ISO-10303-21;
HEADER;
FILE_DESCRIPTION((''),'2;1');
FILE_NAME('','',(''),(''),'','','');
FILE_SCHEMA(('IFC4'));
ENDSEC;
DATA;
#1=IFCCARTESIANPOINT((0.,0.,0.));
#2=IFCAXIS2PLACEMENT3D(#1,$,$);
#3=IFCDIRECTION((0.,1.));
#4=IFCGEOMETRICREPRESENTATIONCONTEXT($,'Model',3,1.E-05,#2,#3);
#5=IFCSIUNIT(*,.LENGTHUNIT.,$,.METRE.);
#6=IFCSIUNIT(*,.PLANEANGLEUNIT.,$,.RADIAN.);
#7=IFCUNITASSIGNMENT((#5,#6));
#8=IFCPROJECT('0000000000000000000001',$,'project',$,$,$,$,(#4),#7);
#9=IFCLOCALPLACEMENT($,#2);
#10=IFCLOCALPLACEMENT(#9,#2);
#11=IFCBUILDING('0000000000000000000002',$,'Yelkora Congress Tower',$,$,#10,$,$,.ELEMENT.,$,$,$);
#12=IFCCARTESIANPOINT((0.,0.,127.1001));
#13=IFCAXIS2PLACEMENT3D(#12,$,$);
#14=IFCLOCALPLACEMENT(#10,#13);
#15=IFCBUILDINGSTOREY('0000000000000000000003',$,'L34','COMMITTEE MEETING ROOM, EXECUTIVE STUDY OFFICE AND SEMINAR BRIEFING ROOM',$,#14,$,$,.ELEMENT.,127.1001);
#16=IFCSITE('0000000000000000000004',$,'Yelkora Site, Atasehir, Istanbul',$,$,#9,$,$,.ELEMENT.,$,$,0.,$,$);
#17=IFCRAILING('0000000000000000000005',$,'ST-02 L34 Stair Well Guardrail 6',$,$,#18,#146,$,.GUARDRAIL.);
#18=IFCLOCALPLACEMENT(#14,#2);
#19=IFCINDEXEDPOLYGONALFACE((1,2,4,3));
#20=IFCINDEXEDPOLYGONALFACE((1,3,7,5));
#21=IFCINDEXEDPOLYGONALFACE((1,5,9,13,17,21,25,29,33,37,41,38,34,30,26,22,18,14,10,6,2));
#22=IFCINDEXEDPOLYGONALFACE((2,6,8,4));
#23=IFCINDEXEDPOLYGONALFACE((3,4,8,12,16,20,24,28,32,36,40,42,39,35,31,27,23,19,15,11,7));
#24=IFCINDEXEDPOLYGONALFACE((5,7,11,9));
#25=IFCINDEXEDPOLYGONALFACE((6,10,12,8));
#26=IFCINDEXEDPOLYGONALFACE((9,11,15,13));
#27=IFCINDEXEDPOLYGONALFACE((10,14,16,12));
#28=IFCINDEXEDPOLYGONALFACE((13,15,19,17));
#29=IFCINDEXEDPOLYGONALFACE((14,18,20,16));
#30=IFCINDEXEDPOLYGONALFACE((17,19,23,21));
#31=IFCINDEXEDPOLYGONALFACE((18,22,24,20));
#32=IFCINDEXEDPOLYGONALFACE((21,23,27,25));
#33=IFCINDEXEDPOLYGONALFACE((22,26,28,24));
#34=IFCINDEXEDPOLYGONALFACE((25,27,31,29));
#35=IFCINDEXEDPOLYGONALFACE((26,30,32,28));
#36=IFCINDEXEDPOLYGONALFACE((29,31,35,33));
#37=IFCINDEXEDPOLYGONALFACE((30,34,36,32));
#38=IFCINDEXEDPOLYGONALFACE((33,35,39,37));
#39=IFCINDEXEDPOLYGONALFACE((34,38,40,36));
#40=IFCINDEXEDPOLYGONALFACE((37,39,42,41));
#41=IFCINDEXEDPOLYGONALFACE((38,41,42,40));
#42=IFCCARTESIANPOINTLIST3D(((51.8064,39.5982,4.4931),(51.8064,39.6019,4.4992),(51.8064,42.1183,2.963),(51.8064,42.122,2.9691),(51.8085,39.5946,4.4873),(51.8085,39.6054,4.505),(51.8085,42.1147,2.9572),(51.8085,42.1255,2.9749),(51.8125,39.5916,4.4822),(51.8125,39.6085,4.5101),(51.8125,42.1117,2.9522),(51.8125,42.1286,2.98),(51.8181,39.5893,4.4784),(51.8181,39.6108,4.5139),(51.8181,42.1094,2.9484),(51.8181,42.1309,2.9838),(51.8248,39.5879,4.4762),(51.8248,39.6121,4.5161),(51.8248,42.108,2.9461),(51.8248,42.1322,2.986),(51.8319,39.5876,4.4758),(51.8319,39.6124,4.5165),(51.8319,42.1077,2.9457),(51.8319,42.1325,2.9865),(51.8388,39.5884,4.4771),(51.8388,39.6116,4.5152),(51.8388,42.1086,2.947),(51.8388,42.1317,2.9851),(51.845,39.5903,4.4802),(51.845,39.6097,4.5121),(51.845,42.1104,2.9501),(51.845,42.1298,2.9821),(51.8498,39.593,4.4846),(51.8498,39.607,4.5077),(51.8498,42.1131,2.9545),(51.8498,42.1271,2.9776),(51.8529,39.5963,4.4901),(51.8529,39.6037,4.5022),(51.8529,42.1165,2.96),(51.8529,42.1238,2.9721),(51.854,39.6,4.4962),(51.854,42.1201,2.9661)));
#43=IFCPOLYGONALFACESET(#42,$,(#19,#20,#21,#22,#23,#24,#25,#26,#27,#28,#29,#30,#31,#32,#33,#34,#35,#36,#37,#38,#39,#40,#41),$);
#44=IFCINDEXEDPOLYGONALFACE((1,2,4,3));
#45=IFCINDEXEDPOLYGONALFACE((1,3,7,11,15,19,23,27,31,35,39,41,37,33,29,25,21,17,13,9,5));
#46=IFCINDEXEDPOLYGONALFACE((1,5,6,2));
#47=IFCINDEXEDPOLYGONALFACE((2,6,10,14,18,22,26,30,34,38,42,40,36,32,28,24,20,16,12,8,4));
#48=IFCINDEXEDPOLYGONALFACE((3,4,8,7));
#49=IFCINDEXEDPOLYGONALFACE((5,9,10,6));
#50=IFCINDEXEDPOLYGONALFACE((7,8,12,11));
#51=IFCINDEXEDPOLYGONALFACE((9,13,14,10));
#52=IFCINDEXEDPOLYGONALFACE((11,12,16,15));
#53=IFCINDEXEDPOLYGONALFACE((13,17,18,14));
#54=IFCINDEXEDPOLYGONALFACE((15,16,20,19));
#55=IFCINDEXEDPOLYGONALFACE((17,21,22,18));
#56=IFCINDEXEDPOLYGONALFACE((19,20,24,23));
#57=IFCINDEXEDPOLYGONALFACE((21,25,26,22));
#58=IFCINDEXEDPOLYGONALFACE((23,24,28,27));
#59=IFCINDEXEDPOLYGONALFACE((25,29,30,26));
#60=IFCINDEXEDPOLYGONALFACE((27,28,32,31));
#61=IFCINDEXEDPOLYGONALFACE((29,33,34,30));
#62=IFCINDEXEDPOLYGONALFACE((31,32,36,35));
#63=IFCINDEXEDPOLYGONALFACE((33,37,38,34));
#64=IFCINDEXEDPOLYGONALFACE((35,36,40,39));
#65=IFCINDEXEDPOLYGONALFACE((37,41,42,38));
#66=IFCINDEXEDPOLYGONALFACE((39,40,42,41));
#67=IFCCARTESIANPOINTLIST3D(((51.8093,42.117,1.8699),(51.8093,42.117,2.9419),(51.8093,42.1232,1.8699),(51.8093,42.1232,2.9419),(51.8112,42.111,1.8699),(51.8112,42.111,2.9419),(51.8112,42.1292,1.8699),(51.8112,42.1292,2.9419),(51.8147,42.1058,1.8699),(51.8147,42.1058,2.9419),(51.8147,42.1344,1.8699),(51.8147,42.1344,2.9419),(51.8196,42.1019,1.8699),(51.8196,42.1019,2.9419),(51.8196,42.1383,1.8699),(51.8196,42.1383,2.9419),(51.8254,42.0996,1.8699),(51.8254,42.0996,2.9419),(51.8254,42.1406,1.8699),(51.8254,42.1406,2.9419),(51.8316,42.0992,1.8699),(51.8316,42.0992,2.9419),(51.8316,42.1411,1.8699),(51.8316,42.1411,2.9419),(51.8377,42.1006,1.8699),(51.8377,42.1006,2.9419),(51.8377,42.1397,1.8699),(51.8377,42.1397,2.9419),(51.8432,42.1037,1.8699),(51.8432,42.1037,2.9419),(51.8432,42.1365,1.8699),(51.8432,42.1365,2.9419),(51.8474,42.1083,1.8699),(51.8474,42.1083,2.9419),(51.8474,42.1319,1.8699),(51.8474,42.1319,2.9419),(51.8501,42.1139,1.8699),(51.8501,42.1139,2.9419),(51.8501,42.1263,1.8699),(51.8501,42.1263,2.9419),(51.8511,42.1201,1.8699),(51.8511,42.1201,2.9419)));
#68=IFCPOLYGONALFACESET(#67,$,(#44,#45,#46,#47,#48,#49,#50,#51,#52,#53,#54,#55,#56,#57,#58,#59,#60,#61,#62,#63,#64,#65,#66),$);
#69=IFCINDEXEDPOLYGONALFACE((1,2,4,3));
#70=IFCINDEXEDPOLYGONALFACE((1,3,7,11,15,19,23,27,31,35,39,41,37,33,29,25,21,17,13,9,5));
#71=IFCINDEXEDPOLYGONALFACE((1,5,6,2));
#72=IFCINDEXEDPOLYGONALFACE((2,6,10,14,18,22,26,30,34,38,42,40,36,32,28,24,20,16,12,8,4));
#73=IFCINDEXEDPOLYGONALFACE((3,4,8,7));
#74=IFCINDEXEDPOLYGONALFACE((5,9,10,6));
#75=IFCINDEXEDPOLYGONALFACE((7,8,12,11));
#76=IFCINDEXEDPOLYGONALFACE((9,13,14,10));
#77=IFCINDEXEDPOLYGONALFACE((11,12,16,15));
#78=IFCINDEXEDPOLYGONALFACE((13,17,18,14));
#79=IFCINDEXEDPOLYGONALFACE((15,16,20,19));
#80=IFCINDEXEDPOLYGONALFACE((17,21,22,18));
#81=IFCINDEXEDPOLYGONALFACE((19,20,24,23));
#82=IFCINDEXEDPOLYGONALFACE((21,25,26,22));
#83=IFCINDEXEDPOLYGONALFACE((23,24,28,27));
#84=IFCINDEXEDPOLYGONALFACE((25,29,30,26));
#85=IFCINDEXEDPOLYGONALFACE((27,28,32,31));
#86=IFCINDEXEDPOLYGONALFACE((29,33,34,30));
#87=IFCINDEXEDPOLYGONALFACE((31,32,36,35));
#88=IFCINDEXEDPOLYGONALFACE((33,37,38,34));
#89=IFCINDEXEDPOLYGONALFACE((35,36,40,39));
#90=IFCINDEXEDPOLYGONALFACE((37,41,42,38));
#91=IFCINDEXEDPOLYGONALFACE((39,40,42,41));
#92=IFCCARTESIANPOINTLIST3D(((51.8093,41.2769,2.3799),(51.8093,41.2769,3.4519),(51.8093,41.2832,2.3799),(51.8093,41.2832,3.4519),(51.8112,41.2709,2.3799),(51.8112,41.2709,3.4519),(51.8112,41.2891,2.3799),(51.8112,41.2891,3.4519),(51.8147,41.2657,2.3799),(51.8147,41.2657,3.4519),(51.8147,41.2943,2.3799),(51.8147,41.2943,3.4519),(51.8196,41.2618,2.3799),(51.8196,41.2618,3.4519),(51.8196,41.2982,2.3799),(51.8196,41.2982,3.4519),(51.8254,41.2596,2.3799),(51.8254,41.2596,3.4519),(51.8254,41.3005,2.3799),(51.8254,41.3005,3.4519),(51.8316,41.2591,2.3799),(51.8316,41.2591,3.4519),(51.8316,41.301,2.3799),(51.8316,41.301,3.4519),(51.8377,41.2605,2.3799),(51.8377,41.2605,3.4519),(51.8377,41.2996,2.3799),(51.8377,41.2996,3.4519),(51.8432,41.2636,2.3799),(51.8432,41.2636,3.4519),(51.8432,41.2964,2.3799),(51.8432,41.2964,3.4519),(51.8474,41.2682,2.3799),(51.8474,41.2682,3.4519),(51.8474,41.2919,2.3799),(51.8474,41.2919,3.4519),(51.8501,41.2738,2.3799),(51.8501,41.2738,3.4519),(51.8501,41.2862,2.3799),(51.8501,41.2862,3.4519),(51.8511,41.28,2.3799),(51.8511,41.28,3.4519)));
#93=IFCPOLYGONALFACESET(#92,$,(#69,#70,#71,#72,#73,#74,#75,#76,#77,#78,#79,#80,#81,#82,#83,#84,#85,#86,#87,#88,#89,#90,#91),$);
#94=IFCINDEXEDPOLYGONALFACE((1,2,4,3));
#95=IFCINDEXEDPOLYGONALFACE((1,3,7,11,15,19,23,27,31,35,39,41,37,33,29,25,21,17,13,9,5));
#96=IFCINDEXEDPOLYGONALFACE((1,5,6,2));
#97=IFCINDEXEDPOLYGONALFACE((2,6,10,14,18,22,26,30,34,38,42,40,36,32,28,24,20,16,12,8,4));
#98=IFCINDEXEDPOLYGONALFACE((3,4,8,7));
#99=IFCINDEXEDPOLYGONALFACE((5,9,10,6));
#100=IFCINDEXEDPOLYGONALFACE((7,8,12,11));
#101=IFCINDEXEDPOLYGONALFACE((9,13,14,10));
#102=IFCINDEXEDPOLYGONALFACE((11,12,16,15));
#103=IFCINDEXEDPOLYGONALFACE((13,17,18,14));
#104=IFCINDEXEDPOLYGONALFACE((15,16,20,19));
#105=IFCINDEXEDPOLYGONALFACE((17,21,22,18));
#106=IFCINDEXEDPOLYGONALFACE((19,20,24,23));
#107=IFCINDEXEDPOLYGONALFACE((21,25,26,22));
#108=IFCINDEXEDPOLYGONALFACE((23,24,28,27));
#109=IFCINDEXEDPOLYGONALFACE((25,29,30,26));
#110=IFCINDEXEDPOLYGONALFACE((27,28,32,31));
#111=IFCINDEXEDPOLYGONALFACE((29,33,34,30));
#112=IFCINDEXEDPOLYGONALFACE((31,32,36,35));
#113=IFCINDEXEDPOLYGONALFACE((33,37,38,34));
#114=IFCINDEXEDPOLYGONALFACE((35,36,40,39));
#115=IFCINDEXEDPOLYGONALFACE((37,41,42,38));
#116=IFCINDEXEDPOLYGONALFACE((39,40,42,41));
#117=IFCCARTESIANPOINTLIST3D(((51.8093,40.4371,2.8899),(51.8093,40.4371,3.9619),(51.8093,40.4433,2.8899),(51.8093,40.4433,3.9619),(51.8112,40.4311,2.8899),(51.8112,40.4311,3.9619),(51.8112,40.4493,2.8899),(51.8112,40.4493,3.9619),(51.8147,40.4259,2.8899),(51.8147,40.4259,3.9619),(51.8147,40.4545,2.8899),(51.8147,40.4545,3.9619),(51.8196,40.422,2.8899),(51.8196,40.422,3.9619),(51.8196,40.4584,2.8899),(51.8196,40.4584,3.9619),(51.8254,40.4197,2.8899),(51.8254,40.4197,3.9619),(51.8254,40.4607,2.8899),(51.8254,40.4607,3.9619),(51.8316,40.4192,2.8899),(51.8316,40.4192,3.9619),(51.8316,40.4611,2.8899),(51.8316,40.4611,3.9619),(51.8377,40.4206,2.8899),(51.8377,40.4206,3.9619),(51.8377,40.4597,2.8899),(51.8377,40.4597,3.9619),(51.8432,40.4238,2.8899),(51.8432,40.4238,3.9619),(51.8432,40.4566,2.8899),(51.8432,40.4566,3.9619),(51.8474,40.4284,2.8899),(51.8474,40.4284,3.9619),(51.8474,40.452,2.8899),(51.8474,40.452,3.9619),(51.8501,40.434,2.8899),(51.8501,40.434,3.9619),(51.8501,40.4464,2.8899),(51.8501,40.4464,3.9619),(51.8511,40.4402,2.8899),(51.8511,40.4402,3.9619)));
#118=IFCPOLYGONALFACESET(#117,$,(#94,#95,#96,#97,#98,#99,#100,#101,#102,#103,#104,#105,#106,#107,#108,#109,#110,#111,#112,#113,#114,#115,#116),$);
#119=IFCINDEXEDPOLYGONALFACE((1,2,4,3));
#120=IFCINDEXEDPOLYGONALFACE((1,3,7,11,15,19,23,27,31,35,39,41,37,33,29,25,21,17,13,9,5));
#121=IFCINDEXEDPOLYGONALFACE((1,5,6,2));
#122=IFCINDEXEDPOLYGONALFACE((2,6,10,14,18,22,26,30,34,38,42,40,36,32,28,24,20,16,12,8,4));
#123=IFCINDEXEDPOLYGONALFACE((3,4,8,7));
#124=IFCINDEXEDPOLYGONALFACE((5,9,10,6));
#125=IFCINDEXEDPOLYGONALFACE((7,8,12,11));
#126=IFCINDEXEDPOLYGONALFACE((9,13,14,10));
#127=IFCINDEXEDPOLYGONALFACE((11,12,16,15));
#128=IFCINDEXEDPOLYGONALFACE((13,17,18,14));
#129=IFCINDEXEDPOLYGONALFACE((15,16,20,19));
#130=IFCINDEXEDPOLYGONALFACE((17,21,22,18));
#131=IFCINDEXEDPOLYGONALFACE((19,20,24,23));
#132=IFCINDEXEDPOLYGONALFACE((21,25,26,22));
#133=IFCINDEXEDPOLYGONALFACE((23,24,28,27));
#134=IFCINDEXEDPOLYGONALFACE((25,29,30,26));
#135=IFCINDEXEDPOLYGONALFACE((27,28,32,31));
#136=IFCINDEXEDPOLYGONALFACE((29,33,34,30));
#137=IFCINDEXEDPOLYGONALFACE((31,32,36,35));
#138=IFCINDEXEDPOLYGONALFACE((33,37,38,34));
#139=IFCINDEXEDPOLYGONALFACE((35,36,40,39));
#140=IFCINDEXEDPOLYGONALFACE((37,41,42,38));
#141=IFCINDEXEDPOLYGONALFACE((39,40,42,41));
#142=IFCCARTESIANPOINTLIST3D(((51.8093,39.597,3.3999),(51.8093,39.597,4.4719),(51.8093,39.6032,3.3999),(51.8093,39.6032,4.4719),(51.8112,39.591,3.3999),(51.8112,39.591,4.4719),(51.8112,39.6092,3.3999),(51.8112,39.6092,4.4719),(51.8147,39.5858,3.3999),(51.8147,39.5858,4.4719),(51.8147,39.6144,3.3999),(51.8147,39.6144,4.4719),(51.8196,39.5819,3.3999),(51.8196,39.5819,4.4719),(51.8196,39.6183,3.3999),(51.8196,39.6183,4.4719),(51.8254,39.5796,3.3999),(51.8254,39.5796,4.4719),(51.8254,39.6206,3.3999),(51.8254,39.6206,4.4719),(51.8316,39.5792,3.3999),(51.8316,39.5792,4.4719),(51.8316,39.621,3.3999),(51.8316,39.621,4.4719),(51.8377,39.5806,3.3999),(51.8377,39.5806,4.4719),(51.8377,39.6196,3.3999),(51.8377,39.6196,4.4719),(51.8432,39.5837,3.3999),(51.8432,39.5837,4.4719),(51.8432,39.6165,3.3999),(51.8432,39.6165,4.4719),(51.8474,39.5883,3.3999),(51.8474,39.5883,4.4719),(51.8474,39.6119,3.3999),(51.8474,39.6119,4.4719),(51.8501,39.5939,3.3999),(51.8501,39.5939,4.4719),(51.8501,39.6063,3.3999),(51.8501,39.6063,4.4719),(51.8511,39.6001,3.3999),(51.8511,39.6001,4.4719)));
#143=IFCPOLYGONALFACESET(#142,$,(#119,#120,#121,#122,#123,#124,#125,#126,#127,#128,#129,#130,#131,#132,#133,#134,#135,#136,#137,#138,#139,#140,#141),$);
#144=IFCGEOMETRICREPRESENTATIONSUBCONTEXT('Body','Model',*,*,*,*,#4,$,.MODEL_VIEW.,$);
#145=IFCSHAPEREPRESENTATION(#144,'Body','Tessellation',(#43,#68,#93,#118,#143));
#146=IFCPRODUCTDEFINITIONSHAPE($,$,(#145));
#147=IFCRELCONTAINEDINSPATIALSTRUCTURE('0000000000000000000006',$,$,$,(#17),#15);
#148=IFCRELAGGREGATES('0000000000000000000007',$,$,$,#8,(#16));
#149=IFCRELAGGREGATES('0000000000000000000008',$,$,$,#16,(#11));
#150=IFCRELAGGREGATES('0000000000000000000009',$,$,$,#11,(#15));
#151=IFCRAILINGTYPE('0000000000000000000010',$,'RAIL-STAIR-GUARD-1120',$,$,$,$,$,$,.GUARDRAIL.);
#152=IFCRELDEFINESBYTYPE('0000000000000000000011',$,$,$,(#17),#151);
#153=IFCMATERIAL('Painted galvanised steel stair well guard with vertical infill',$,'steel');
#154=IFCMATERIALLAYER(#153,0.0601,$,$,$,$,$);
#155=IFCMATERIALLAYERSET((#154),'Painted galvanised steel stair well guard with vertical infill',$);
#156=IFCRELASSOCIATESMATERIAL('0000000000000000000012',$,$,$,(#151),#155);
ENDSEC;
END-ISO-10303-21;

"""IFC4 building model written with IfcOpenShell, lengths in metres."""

from ifc_helpers import new_model, si_unit, direction, frame, origin, origin_2d, place, context, subcontext, project, spatial, circle, extrude, material, layer, layer_set, type_object, element, save


model = new_model("IFC4")

# Units and contexts
model_context = context("Model", 3, precision=1e-05, world=origin(), true_north=direction((0.0, 1.0)))
body_context = subcontext(model_context, "Body", "Model", "MODEL_VIEW")
ifc_project = project(units=[si_unit("LENGTHUNIT", "METRE"), si_unit("PLANEANGLEUNIT", "RADIAN")], contexts=[model_context])

# Site, building, storey
site_placement = place(None, origin())
site = spatial("IfcSite", under=ifc_project, at=site_placement, Name="Yelkora Site, Atasehir, Istanbul", CompositionType="ELEMENT", RefElevation=0.0)
building_placement = place(site_placement, origin())
building = spatial("IfcBuilding", under=site, at=building_placement, Name="Yelkora Congress Tower", CompositionType="ELEMENT")
storey_placement = place(building_placement, frame((0.0, 0.0, 127.1001)))
storey = spatial("IfcBuildingStorey", under=building, at=storey_placement, Name="L34", Description="COMMITTEE MEETING ROOM, EXECUTIVE STUDY OFFICE AND SEMINAR BRIEFING ROOM", CompositionType="ELEMENT", Elevation=127.1001)

# Railing
ifc_material_1 = material(Name="Painted galvanised steel stair well guard with vertical infill", Category="steel")
ifc_layer_1 = layer(ifc_material_1, 0.0601)
ifc_layer_set_1 = layer_set([ifc_layer_1], Name="Painted galvanised steel stair well guard with vertical infill")
railing_type_1 = type_object("IfcRailingType", Name="RAIL-STAIR-GUARD-1120", PredefinedType="GUARDRAIL", material=ifc_layer_set_1)
railing_1_placement = place(storey_placement, frame((51.8301, 42.1201, 1.8699)))
element("IfcRailing", 1, at=railing_1_placement, inside=storey, type_object=railing_type_1, Name="ST-02 L34 Stair Well Guardrail 6", PredefinedType="GUARDRAIL", context=body_context, shape_type="SweptSolid", body=[
    extrude(circle(Radius=0.0239, at=origin_2d()), frame((0.0, 0.0, 1.0962), z_axis=(0.0, -0.854785, 0.518982), x_axis=(1.0, 0.0, 0.0)), (0.0, 0.0, 1.0), 2.9482),
    extrude(circle(Radius=0.021, at=origin_2d()), origin(), (0.0, 0.0, 1.0), 1.072),
    extrude(circle(Radius=0.021, at=origin_2d()), frame((0.0, -0.8401, 0.51)), (0.0, 0.0, 1.0), 1.072),
    extrude(circle(Radius=0.021, at=origin_2d()), frame((0.0, -1.6799, 1.02)), (0.0, 0.0, 1.0), 1.072),
    extrude(circle(Radius=0.021, at=origin_2d()), frame((0.0, -2.52, 1.53)), (0.0, 0.0, 1.0), 1.072),
])

save(model, "model.ifc")
